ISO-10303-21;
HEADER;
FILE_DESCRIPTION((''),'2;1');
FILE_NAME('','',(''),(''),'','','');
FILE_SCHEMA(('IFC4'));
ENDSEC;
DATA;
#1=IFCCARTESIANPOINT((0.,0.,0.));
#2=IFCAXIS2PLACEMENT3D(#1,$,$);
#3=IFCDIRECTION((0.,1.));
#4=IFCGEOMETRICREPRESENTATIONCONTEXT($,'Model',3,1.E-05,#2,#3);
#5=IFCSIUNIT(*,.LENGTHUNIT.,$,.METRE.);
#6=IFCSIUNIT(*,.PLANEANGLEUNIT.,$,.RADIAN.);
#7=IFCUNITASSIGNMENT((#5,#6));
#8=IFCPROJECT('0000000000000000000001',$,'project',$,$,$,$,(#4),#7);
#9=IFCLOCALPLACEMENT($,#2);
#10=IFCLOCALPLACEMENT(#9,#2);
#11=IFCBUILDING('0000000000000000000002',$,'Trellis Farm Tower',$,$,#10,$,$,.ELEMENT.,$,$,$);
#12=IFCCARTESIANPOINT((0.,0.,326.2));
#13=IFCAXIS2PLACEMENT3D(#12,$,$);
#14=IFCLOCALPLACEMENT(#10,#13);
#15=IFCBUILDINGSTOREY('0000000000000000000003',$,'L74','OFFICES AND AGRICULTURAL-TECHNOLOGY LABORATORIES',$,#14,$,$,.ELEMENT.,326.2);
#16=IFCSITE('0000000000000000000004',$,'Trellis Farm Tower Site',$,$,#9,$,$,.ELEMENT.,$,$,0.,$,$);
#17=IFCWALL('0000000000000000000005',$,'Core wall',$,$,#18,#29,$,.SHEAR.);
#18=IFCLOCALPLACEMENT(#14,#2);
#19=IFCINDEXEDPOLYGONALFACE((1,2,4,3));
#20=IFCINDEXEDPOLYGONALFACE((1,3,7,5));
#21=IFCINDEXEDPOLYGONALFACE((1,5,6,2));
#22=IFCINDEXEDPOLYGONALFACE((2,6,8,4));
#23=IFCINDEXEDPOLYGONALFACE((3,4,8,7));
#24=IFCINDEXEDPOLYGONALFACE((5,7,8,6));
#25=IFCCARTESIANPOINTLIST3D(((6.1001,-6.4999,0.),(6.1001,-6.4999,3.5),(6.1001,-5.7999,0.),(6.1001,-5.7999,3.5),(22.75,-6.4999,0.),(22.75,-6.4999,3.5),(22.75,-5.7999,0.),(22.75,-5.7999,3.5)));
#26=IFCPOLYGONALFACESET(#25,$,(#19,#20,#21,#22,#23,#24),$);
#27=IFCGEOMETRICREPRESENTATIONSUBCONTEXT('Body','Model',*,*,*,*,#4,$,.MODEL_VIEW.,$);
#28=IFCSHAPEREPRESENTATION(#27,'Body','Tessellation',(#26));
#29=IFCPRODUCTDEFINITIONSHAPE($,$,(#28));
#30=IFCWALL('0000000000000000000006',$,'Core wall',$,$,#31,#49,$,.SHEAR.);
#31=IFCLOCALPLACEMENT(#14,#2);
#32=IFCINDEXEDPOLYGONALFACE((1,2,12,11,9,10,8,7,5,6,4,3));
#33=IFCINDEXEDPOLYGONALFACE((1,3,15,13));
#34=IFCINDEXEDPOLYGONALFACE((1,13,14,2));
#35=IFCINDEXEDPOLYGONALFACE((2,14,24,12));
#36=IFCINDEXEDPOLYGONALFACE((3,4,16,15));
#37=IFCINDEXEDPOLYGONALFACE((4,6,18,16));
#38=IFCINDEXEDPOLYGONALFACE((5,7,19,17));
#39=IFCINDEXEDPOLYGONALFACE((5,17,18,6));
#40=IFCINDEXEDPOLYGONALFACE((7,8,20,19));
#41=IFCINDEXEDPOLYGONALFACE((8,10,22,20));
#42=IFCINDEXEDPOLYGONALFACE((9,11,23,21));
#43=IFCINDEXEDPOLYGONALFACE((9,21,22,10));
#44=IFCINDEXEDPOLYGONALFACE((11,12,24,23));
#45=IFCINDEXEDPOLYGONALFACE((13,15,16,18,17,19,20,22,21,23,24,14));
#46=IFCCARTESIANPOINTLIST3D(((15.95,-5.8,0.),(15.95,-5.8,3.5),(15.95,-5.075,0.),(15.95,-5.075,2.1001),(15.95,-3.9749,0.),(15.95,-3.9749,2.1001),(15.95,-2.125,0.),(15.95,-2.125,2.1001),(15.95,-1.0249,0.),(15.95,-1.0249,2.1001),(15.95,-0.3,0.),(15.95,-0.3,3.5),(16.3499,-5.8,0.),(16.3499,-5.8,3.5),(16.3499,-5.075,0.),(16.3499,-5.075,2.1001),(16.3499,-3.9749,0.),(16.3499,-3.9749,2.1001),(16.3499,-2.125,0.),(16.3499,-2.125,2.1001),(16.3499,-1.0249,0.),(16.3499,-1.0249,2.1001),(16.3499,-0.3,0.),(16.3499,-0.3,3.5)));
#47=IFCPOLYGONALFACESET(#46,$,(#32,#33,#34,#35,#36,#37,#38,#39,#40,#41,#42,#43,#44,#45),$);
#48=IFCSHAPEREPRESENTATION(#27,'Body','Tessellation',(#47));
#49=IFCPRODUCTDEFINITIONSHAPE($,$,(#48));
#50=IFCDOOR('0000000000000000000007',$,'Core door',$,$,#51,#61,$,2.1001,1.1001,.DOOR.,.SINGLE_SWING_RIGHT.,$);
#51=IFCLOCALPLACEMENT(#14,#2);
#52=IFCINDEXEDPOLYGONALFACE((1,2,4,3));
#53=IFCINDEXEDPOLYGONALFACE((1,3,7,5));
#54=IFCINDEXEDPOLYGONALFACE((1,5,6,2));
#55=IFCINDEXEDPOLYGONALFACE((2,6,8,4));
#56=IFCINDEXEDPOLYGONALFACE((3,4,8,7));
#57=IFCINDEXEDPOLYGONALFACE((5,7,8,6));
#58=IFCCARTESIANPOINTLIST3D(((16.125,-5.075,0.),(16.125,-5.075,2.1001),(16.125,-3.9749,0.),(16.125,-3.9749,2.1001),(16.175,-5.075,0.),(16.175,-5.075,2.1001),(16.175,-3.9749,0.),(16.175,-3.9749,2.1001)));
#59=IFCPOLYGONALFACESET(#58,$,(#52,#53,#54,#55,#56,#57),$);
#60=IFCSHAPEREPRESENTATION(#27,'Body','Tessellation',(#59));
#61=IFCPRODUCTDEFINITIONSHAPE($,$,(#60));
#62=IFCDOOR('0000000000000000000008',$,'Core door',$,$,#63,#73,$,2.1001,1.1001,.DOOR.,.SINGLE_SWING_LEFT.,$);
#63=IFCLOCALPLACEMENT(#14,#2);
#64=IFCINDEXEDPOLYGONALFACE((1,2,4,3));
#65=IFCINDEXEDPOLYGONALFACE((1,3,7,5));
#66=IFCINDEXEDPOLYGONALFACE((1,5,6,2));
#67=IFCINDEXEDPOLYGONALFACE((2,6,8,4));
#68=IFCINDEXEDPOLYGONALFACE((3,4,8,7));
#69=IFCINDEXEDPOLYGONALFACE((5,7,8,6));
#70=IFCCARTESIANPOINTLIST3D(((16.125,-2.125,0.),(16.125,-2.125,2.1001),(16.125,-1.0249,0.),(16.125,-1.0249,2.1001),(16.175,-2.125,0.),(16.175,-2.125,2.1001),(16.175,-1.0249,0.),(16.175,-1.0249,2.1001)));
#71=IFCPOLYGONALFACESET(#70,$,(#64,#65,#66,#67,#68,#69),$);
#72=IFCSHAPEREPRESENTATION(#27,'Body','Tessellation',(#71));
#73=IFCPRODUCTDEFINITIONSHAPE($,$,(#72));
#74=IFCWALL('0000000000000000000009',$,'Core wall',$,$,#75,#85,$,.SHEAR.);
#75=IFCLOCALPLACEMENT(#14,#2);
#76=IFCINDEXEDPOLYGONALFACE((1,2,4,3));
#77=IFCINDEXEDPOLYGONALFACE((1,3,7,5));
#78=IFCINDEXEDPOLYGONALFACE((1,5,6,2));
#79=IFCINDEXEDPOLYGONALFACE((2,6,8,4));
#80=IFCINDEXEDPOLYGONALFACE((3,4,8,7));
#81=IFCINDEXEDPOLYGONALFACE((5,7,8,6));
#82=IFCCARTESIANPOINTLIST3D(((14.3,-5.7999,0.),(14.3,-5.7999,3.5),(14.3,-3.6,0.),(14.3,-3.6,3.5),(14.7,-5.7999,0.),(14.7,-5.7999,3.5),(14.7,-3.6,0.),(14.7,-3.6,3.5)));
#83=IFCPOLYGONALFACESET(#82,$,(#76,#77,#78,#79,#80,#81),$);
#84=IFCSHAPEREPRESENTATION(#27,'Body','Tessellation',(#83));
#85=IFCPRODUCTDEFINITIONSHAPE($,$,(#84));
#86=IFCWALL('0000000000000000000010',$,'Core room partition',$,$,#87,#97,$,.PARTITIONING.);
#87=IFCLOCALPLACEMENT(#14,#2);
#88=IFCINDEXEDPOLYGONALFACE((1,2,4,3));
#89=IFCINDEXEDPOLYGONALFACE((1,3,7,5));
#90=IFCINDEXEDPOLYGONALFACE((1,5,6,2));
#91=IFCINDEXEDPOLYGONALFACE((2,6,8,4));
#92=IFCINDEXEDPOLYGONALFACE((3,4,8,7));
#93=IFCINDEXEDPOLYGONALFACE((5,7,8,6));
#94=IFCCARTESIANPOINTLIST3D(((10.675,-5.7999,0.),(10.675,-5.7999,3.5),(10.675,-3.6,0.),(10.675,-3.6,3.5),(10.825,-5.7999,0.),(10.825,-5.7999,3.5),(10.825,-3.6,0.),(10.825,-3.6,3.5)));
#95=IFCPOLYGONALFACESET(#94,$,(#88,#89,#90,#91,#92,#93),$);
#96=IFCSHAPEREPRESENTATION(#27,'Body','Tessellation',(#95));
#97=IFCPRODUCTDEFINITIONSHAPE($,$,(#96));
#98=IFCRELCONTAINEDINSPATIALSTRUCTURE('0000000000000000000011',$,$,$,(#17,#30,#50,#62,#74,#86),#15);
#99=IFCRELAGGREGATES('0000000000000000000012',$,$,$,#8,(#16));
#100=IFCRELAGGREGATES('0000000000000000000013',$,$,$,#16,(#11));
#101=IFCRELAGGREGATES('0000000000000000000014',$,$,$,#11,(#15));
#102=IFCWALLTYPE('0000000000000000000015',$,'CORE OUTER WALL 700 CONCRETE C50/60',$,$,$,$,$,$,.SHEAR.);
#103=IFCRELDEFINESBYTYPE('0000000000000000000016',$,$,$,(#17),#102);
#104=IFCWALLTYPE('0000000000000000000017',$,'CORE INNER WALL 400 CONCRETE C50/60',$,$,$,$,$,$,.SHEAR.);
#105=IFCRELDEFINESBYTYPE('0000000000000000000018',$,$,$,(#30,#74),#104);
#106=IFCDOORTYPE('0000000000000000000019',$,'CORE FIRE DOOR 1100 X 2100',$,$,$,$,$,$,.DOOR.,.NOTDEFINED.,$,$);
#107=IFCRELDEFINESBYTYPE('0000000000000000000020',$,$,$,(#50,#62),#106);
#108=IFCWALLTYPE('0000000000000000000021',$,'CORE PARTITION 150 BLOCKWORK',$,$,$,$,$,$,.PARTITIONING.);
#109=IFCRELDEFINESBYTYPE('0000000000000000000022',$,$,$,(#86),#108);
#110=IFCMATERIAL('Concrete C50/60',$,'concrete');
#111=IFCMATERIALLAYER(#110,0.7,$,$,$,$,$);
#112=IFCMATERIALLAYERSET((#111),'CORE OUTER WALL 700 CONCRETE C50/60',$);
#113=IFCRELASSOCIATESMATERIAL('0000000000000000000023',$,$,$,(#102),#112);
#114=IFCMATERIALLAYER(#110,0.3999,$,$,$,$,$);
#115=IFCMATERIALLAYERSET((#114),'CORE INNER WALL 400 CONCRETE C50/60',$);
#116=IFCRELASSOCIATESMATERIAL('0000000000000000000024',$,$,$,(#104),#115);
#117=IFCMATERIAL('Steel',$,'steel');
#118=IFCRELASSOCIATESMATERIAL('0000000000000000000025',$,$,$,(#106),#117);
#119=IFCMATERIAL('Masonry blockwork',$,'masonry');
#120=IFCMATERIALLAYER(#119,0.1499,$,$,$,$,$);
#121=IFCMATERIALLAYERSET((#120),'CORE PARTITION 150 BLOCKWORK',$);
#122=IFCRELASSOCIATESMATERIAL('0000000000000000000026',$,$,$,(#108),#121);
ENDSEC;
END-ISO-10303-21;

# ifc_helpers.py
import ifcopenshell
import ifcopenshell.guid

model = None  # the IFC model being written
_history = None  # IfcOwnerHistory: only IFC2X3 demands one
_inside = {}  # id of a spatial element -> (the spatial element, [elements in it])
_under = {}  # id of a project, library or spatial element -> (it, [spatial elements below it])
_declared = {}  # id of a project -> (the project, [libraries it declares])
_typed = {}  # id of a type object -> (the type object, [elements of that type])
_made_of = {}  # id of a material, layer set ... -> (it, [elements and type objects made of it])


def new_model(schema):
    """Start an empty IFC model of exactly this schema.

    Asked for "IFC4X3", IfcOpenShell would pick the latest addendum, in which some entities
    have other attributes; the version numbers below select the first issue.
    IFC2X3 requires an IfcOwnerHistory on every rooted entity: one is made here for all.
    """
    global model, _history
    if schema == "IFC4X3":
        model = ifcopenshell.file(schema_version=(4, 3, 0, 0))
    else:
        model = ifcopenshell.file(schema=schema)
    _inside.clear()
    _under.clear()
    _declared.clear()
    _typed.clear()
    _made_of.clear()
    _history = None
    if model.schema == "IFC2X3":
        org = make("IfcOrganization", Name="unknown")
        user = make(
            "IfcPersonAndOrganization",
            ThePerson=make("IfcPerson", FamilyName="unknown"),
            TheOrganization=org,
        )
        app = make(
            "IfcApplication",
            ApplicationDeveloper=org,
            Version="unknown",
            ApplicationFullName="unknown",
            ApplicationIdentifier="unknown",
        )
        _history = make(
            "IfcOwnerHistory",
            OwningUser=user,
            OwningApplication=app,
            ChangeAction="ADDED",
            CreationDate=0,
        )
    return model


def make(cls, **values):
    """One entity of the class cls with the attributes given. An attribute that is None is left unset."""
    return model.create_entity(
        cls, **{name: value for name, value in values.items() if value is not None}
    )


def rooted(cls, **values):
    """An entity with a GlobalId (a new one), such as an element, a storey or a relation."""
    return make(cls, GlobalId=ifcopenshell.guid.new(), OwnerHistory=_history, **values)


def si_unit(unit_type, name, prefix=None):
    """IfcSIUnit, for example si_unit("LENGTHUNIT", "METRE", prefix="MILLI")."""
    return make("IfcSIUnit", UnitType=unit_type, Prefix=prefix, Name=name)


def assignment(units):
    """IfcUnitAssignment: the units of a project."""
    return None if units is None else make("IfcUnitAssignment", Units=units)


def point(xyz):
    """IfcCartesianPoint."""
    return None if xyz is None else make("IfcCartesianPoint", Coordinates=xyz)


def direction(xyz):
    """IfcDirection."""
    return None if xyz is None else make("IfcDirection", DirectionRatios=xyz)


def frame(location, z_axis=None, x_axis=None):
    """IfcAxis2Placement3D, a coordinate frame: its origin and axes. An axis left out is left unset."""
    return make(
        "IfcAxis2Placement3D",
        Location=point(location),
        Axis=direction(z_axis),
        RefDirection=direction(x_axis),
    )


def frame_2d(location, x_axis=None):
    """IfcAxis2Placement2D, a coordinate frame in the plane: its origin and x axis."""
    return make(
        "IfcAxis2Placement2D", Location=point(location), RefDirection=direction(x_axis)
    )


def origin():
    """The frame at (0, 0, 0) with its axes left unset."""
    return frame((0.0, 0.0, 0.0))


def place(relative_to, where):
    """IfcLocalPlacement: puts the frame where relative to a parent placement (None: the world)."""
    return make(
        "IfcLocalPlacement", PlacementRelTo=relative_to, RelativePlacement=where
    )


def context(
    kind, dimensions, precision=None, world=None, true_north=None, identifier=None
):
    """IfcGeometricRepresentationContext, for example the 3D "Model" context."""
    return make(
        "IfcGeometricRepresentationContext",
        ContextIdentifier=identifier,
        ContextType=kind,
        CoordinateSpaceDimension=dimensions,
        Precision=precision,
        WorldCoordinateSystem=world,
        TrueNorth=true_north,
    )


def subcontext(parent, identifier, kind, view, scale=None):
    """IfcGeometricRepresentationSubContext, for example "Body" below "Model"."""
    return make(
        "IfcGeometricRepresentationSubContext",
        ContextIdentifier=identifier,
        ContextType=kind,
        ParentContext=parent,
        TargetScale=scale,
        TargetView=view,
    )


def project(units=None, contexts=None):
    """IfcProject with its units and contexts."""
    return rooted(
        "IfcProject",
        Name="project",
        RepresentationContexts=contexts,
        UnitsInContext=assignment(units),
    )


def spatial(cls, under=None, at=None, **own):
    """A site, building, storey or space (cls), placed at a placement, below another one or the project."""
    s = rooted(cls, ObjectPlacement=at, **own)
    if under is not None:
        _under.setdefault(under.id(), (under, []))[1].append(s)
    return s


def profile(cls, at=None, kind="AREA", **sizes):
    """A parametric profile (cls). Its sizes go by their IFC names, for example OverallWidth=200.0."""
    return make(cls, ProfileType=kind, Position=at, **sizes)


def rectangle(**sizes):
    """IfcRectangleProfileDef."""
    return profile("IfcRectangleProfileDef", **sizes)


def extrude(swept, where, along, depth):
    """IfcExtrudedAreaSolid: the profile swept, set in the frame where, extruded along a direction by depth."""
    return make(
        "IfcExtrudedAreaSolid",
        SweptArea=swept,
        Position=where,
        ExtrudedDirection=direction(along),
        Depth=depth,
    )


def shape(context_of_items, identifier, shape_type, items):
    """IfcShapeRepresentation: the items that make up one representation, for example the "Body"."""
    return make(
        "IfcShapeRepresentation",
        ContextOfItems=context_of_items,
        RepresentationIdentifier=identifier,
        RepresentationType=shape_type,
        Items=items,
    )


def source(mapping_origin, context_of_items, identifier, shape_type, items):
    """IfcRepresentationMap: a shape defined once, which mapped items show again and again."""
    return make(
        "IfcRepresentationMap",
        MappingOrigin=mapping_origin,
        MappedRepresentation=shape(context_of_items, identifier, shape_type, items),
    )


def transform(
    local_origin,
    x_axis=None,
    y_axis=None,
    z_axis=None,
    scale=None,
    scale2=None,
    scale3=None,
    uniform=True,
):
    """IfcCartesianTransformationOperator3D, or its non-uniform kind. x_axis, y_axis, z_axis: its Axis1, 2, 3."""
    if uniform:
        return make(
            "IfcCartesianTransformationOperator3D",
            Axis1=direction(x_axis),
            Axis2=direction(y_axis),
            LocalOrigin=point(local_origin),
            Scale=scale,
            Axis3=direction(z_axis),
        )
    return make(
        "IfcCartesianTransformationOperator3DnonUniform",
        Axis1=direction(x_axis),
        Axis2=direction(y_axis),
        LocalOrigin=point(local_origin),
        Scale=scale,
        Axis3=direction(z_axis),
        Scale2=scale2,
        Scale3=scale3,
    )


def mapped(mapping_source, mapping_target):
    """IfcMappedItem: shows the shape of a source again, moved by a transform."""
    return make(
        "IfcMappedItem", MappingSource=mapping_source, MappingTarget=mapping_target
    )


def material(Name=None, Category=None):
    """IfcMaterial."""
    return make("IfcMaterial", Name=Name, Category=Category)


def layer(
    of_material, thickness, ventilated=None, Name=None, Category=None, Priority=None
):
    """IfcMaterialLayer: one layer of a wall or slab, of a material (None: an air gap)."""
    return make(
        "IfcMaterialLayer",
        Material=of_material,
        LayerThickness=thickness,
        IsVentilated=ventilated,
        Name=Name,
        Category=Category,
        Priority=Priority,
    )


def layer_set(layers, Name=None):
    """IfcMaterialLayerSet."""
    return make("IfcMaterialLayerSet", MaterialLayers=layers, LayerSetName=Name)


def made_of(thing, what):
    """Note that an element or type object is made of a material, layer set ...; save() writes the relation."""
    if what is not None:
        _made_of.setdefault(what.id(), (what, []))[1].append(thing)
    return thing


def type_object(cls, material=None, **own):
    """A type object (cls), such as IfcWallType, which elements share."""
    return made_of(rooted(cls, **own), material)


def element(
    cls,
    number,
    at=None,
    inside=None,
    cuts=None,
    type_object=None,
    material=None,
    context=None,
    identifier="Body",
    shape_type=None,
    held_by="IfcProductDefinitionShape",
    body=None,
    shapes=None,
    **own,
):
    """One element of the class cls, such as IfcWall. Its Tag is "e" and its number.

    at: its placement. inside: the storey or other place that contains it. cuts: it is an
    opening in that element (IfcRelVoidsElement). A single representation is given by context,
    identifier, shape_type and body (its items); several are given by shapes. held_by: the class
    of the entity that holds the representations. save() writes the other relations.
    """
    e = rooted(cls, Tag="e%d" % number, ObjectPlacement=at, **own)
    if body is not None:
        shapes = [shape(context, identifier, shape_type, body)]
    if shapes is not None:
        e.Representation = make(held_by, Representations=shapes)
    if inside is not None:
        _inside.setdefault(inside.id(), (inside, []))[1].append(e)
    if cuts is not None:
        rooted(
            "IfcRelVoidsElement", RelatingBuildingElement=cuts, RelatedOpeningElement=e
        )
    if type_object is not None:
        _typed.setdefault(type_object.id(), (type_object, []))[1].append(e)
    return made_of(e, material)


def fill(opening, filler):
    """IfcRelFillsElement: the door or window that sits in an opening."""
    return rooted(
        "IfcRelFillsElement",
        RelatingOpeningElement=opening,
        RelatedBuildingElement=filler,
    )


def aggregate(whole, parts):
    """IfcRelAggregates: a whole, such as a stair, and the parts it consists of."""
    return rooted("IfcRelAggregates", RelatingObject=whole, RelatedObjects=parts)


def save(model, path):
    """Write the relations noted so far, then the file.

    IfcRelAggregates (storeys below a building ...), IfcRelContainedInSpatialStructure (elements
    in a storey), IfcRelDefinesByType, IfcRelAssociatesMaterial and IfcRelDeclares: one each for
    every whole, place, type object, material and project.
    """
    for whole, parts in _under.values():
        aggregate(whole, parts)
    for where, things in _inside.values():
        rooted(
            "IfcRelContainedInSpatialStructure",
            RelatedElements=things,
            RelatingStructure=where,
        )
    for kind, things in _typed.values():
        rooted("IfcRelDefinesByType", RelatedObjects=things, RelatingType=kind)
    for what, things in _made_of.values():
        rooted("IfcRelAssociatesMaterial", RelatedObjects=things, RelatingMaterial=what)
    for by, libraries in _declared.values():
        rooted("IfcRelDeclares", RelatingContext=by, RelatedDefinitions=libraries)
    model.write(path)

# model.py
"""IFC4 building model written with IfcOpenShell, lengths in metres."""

from ifc_helpers import new_model, si_unit, direction, frame, frame_2d, origin, place, context, subcontext, project, spatial, rectangle, extrude, source, transform, mapped, material, layer, layer_set, type_object, element, fill, save


model = new_model("IFC4")

# Units and contexts
model_context = context("Model", 3, precision=1e-05, world=origin(), true_north=direction((0.0, 1.0)))
body_context = subcontext(model_context, "Body", "Model", "MODEL_VIEW")
ifc_project = project(units=[si_unit("LENGTHUNIT", "METRE"), si_unit("PLANEANGLEUNIT", "RADIAN")], contexts=[model_context])

# Site, building, storey
site_placement = place(None, origin())
site = spatial("IfcSite", under=ifc_project, at=site_placement, Name="Trellis Farm Tower Site", CompositionType="ELEMENT", RefElevation=0.0)
building_placement = place(site_placement, origin())
building = spatial("IfcBuilding", under=site, at=building_placement, Name="Trellis Farm Tower", CompositionType="ELEMENT")
storey_placement = place(building_placement, frame((0.0, 0.0, 326.2)))
storey = spatial("IfcBuildingStorey", under=building, at=storey_placement, Name="L74", Description="OFFICES AND AGRICULTURAL-TECHNOLOGY LABORATORIES", CompositionType="ELEMENT", Elevation=326.2)

# Shared definitions
ifc_material_1 = material(Name="Concrete C50/60", Category="concrete")
ifc_layer_1 = layer(ifc_material_1, 0.7)
ifc_layer_set_1 = layer_set([ifc_layer_1], Name="CORE OUTER WALL 700 CONCRETE C50/60")
wall_type_1 = type_object("IfcWallType", Name="CORE OUTER WALL 700 CONCRETE C50/60", PredefinedType="SHEAR", material=ifc_layer_set_1)
ifc_material_2 = material(Name="Steel", Category="steel")

# Wall
shared_shape_1 = source(origin(), body_context, "Body", "SweptSolid", [
    extrude(rectangle(XDim=16.6499, YDim=0.7, at=frame_2d((8.325, 0.0))), origin(), (0.0, 0.0, 1.0), 3.5),
])
wall_1_placement = place(storey_placement, frame((6.1001, -6.1499, 0.0), z_axis=(0.0, 0.0, 1.0), x_axis=(1.0, 0.0, 0.0)))
element("IfcWall", 1, at=wall_1_placement, inside=storey, type_object=wall_type_1, Name="Core wall", PredefinedType="SHEAR", context=body_context, shape_type="MappedRepresentation", body=[
    mapped(shared_shape_1, transform((0.0, 0.0, 0.0))),
])

# Wall, openings, doors
ifc_layer_2 = layer(ifc_material_1, 0.3999)
ifc_layer_set_2 = layer_set([ifc_layer_2], Name="CORE INNER WALL 400 CONCRETE C50/60")
wall_type_2 = type_object("IfcWallType", Name="CORE INNER WALL 400 CONCRETE C50/60", PredefinedType="SHEAR", material=ifc_layer_set_2)
shared_shape_2 = source(origin(), body_context, "Body", "SweptSolid", [
    extrude(rectangle(XDim=5.5, YDim=0.3999, at=frame_2d((2.75, 0.0))), origin(), (0.0, 0.0, 1.0), 3.5),
])
wall_2_placement = place(storey_placement, frame((16.1499, -5.8, 0.0), z_axis=(0.0, 0.0, 1.0), x_axis=(0.0, 1.0, 0.0)))
wall_2 = element("IfcWall", 2, at=wall_2_placement, inside=storey, type_object=wall_type_2, Name="Core wall", PredefinedType="SHEAR", context=body_context, shape_type="MappedRepresentation", body=[
    mapped(shared_shape_2, transform((0.0, 0.0, 0.0))),
])
shared_shape_3 = source(origin(), body_context, "Body", "SweptSolid", [
    extrude(rectangle(XDim=1.1001, YDim=2.1001, at=frame_2d((0.55, 1.05))), frame((0.0, 0.21, 0.0), z_axis=(0.0, -1.0, 0.0), x_axis=(1.0, 0.0, 0.0)), (0.0, 0.0, 1.0), 0.4199),
])
opening_1_placement = place(wall_2_placement, frame((0.7251, 0.0, 0.0)))
opening_1 = element("IfcOpeningElement", 3, at=opening_1_placement, cuts=wall_2, PredefinedType="OPENING", context=body_context, shape_type="MappedRepresentation", body=[
    mapped(shared_shape_3, transform((0.0, 0.0, 0.0))),
])
opening_2_placement = place(wall_2_placement, frame((3.675, 0.0, 0.0)))
opening_2 = element("IfcOpeningElement", 4, at=opening_2_placement, cuts=wall_2, PredefinedType="OPENING", context=body_context, shape_type="MappedRepresentation", body=[
    mapped(shared_shape_3, transform((0.0, 0.0, 0.0))),
])
door_type_1 = type_object("IfcDoorType", Name="CORE FIRE DOOR 1100 X 2100", OperationType="NOTDEFINED", PredefinedType="DOOR", material=ifc_material_2)
shared_shape_4 = source(origin(), body_context, "Body", "SweptSolid", [
    extrude(rectangle(XDim=1.1001, YDim=2.1001, at=frame_2d((0.55, 1.05))), frame((0.0, 0.0249, 0.0), z_axis=(0.0, -1.0, 0.0), x_axis=(1.0, 0.0, 0.0)), (0.0, 0.0, 1.0), 0.05),
])
door_1_placement = place(opening_1_placement, origin())
door_1 = element("IfcDoor", 5, at=door_1_placement, inside=storey, type_object=door_type_1, Name="Core door", OperationType="SINGLE_SWING_RIGHT", OverallHeight=2.1001, OverallWidth=1.1001, PredefinedType="DOOR", context=body_context, shape_type="MappedRepresentation", body=[
    mapped(shared_shape_4, transform((0.0, 0.0, 0.0))),
])
fill(opening_1, door_1)
door_2_placement = place(opening_2_placement, origin())
door_2 = element("IfcDoor", 6, at=door_2_placement, inside=storey, type_object=door_type_1, Name="Core door", OperationType="SINGLE_SWING_LEFT", OverallHeight=2.1001, OverallWidth=1.1001, PredefinedType="DOOR", context=body_context, shape_type="MappedRepresentation", body=[
    mapped(shared_shape_4, transform((0.0, 0.0, 0.0))),
])
fill(opening_2, door_2)

# Walls
shared_shape_5 = source(origin(), body_context, "Body", "SweptSolid", [
    extrude(rectangle(XDim=2.2, YDim=0.3999, at=frame_2d((1.1001, 0.0))), origin(), (0.0, 0.0, 1.0), 3.5),
])
wall_3_placement = place(storey_placement, frame((14.5, -5.8, 0.0), z_axis=(0.0, 0.0, 1.0), x_axis=(0.0, 1.0, 0.0)))
element("IfcWall", 7, at=wall_3_placement, inside=storey, type_object=wall_type_2, Name="Core wall", PredefinedType="SHEAR", context=body_context, shape_type="MappedRepresentation", body=[
    mapped(shared_shape_5, transform((0.0, 0.0, 0.0))),
])
ifc_material_3 = material(Name="Masonry blockwork", Category="masonry")
ifc_layer_3 = layer(ifc_material_3, 0.1499)
ifc_layer_set_3 = layer_set([ifc_layer_3], Name="CORE PARTITION 150 BLOCKWORK")
wall_type_3 = type_object("IfcWallType", Name="CORE PARTITION 150 BLOCKWORK", PredefinedType="PARTITIONING", material=ifc_layer_set_3)
shared_shape_6 = source(origin(), body_context, "Body", "SweptSolid", [
    extrude(rectangle(XDim=2.2, YDim=0.1499, at=frame_2d((1.1001, 0.0))), origin(), (0.0, 0.0, 1.0), 3.5),
])
wall_4_placement = place(storey_placement, frame((10.75, -5.8, 0.0), z_axis=(0.0, 0.0, 1.0), x_axis=(0.0, 1.0, 0.0)))
element("IfcWall", 8, at=wall_4_placement, inside=storey, type_object=wall_type_3, Name="Core room partition", PredefinedType="PARTITIONING", context=body_context, shape_type="MappedRepresentation", body=[
    mapped(shared_shape_6, transform((0.0, 0.0, 0.0))),
])

save(model, "model.ifc")
